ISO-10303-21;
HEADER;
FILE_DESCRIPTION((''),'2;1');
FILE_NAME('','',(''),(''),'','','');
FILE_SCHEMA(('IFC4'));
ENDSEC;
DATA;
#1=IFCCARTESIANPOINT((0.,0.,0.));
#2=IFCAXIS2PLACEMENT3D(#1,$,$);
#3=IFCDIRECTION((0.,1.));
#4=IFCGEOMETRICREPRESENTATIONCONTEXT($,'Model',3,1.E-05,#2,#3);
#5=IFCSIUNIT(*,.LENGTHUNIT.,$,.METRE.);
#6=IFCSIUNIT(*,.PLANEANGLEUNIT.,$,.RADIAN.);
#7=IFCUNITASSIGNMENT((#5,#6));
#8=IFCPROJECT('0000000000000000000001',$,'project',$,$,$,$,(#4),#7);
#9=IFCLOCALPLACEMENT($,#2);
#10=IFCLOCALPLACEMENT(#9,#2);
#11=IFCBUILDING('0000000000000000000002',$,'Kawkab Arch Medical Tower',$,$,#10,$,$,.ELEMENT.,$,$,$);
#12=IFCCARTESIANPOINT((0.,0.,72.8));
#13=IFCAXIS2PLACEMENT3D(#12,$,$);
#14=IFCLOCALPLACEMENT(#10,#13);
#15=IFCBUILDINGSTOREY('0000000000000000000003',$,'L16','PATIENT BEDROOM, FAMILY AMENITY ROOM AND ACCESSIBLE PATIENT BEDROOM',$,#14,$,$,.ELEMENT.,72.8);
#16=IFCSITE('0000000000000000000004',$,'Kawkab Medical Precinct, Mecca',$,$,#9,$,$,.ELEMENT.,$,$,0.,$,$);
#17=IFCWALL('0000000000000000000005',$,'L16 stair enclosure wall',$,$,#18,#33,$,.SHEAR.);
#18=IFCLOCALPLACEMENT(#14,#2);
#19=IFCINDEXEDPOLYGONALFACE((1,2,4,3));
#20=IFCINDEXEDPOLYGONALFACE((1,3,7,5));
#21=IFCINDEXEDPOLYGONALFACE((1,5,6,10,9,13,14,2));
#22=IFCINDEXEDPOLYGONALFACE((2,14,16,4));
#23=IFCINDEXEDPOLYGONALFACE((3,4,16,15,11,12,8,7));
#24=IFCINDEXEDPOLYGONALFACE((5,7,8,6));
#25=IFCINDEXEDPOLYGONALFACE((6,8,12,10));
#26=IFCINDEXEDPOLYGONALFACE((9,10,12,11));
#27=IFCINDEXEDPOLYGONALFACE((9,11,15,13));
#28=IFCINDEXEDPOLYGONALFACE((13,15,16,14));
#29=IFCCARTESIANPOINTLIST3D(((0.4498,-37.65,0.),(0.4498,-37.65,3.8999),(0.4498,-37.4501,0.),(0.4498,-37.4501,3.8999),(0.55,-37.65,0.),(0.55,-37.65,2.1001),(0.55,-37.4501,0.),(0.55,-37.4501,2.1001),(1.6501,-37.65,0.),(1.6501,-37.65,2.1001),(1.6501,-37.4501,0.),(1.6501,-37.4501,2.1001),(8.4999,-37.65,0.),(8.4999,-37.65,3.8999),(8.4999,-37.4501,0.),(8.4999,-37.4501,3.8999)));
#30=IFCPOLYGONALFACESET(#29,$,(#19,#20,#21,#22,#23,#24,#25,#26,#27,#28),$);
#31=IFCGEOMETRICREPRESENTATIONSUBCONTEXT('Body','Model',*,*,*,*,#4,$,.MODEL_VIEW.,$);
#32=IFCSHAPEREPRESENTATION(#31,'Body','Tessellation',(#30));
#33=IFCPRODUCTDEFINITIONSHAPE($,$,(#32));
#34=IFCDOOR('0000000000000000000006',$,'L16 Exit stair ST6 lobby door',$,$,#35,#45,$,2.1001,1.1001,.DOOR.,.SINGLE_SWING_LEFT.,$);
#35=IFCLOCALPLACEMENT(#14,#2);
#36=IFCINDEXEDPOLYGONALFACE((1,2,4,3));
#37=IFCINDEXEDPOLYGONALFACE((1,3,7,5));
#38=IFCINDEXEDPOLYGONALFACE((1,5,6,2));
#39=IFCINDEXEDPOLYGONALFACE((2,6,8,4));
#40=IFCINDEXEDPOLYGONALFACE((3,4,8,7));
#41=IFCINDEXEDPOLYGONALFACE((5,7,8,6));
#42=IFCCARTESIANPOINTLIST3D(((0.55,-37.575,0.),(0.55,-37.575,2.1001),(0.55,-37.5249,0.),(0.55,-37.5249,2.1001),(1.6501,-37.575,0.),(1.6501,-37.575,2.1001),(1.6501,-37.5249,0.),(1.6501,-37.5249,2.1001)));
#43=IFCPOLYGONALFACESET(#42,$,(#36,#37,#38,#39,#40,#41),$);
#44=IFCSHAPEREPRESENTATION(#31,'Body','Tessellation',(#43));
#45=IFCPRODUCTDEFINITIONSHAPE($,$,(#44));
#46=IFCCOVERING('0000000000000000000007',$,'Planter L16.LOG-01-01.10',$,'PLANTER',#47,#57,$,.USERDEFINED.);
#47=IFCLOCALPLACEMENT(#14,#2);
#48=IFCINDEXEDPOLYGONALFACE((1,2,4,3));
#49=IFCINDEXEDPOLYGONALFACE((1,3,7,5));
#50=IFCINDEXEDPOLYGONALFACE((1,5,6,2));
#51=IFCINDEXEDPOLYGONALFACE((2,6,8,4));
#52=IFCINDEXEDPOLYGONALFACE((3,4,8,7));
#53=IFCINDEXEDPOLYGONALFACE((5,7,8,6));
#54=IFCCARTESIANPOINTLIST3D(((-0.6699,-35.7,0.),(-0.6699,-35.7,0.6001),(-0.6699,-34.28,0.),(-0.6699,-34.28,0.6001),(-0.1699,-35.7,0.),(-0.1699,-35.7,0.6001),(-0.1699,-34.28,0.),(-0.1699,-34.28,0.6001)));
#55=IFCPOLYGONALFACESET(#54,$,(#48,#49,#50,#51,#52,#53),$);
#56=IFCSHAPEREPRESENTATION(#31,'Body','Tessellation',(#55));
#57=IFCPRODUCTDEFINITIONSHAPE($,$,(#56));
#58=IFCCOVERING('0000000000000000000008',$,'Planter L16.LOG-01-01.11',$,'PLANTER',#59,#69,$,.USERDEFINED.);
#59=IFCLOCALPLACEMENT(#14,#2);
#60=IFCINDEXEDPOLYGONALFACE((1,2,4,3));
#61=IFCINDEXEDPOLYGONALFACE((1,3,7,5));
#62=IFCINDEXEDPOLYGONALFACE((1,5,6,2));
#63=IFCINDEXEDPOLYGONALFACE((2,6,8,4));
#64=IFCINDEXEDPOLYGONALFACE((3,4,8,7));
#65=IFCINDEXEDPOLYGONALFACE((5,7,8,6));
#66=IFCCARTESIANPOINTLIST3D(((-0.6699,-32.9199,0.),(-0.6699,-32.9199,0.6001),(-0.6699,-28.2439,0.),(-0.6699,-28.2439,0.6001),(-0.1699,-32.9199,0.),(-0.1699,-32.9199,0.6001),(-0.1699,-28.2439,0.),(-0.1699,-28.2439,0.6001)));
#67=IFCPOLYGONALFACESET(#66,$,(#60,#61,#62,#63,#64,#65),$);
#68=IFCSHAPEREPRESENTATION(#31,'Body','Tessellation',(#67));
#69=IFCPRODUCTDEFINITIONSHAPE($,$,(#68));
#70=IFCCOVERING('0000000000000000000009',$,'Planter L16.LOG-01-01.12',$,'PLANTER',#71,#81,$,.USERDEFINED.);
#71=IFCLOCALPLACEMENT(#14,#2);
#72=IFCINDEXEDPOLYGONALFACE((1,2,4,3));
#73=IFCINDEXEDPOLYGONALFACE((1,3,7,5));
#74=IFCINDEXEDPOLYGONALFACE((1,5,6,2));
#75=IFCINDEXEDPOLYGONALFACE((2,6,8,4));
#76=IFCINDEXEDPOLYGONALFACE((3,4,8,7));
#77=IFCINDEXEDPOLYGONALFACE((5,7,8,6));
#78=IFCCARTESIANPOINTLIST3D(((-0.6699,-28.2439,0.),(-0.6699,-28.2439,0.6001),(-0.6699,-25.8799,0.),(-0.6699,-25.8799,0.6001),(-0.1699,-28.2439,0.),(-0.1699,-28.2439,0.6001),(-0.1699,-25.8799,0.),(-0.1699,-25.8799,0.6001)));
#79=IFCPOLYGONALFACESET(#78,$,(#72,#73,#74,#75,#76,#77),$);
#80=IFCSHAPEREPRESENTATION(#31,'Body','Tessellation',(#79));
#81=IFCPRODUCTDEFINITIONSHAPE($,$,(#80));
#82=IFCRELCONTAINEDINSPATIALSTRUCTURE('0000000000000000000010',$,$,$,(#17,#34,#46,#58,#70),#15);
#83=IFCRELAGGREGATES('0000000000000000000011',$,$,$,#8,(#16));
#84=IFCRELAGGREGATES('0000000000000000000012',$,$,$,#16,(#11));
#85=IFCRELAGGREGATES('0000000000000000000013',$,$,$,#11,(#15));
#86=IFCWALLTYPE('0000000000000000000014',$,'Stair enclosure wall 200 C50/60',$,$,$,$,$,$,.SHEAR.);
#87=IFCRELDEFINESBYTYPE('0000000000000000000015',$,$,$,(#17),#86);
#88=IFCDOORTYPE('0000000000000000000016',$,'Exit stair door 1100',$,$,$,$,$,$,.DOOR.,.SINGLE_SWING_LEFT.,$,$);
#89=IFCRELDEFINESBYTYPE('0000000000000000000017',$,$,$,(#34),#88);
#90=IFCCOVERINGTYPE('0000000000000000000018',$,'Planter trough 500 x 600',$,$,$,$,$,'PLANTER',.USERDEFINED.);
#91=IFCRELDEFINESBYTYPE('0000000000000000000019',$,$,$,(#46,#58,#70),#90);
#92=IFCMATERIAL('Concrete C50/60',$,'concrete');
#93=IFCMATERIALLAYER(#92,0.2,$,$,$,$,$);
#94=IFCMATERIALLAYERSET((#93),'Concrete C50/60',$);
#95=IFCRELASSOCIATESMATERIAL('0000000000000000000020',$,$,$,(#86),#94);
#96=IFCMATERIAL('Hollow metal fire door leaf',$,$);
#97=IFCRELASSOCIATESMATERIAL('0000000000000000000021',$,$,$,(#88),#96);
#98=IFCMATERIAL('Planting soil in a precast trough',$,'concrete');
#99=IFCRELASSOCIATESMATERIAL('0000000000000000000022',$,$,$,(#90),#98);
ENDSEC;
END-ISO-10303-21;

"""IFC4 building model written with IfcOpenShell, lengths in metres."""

from ifc_helpers import new_model, si_unit, direction, frame, frame_2d, origin, origin_2d, place, context, subcontext, project, spatial, rectangle, extrude, material, layer, layer_set, material_profile, profile_set, type_object, element, fill, save


model = new_model("IFC4")

# Units and contexts
model_context = context("Model", 3, precision=1e-05, world=origin(), true_north=direction((0.0, 1.0)))
body_context = subcontext(model_context, "Body", "Model", "MODEL_VIEW")
ifc_project = project(units=[si_unit("LENGTHUNIT", "METRE"), si_unit("PLANEANGLEUNIT", "RADIAN")], contexts=[model_context])

# Site, building, storey
site_placement = place(None, origin())
site = spatial("IfcSite", under=ifc_project, at=site_placement, Name="Kawkab Medical Precinct, Mecca", CompositionType="ELEMENT", RefElevation=0.0)
building_placement = place(site_placement, origin())
building = spatial("IfcBuilding", under=site, at=building_placement, Name="Kawkab Arch Medical Tower", CompositionType="ELEMENT")
storey_placement = place(building_placement, frame((0.0, 0.0, 72.8)))
storey = spatial("IfcBuildingStorey", under=building, at=storey_placement, Name="L16", Description="PATIENT BEDROOM, FAMILY AMENITY ROOM AND ACCESSIBLE PATIENT BEDROOM", CompositionType="ELEMENT", Elevation=72.8)

# Wall, opening, door
ifc_material_1 = material(Name="Concrete C50/60", Category="concrete")
ifc_layer_1 = layer(ifc_material_1, 0.2)
ifc_layer_set_1 = layer_set([ifc_layer_1], Name="Concrete C50/60")
wall_type_1 = type_object("IfcWallType", Name="Stair enclosure wall 200 C50/60", PredefinedType="SHEAR", material=ifc_layer_set_1)
ifc_material_2 = material(Name="Hollow metal fire door leaf")
door_type = type_object("IfcDoorType", Name="Exit stair door 1100", OperationType="SINGLE_SWING_LEFT", PredefinedType="DOOR", material=ifc_material_2)
wall_1_placement = place(storey_placement, frame((0.45, -37.55, 0.0), z_axis=(0.0, 0.0, 1.0), x_axis=(1.0, 0.0, 0.0)))
wall_1 = element("IfcWall", 1, at=wall_1_placement, inside=storey, type_object=wall_type_1, Name="L16 stair enclosure wall", PredefinedType="SHEAR", context=body_context, shape_type="SweptSolid", body=[
    extrude(rectangle(XDim=8.05, YDim=0.2, at=frame_2d((4.0249, 0.0))), origin(), (0.0, 0.0, 1.0), 3.8999),
])
opening_1_placement = place(wall_1_placement, frame((0.1001, 0.0, 0.0)))
opening_1 = element("IfcOpeningElement", 2, at=opening_1_placement, cuts=wall_1, PredefinedType="OPENING", context=body_context, shape_type="SweptSolid", body=[
    extrude(rectangle(XDim=1.1001, YDim=2.1001, at=frame_2d((0.55, 1.05))), frame((0.0, 0.1099, 0.0), z_axis=(0.0, -1.0, 0.0), x_axis=(1.0, 0.0, 0.0)), (0.0, 0.0, 1.0), 0.22),
])
door_1_placement = place(opening_1_placement, frame((1.1001, 0.0, 0.0), z_axis=(0.0, 0.0, 1.0), x_axis=(-1.0, 0.0, 0.0)))
door_1 = element("IfcDoor", 3, at=door_1_placement, inside=storey, type_object=door_type, Name="L16 Exit stair ST6 lobby door", OperationType="SINGLE_SWING_LEFT", OverallHeight=2.1001, OverallWidth=1.1001, PredefinedType="DOOR", context=body_context, shape_type="SweptSolid", body=[
    extrude(rectangle(XDim=1.1001, YDim=2.1001, at=frame_2d((0.55, 1.05))), frame((0.0, 0.0249, 0.0), z_axis=(0.0, -1.0, 0.0), x_axis=(1.0, 0.0, 0.0)), (0.0, 0.0, 1.0), 0.05),
])
fill(opening_1, door_1)

# Coverings
ifc_material_3 = material(Name="Planting soil in a precast trough", Category="concrete")
ifc_material_profile_1 = material_profile(ifc_material_3, rectangle(XDim=0.5, YDim=0.6001, at=origin_2d()), Name="Trough 500x600")
ifc_profile_set_1 = profile_set([ifc_material_profile_1], Name="Planting soil in a precast trough")
covering_type = type_object("IfcCoveringType", Name="Planter trough 500 x 600", ElementType="PLANTER", PredefinedType="USERDEFINED", material=ifc_profile_set_1)
covering_1_placement = place(storey_placement, frame((-0.4199, -35.7, 0.3), z_axis=(0.0, 1.0, 0.0), x_axis=(-1.0, 0.0, 0.0)))
element("IfcCovering", 4, at=covering_1_placement, inside=storey, type_object=covering_type, Name="Planter L16.LOG-01-01.10", ObjectType="PLANTER", PredefinedType="USERDEFINED", context=body_context, shape_type="SweptSolid", body=[
    extrude(rectangle(XDim=0.5, YDim=0.6001, at=origin_2d()), origin(), (0.0, 0.0, 1.0), 1.4199),
])
covering_2_placement = place(storey_placement, frame((-0.4199, -32.9199, 0.3), z_axis=(0.0, 1.0, 0.0), x_axis=(-1.0, 0.0, 0.0)))
element("IfcCovering", 5, at=covering_2_placement, inside=storey, type_object=covering_type, Name="Planter L16.LOG-01-01.11", ObjectType="PLANTER", PredefinedType="USERDEFINED", context=body_context, shape_type="SweptSolid", body=[
    extrude(rectangle(XDim=0.5, YDim=0.6001, at=origin_2d()), origin(), (0.0, 0.0, 1.0), 4.676),
])
covering_3_placement = place(storey_placement, frame((-0.4199, -28.2439, 0.3), z_axis=(0.0, 1.0, 0.0), x_axis=(-1.0, 0.0, 0.0)))
element("IfcCovering", 6, at=covering_3_placement, inside=storey, type_object=covering_type, Name="Planter L16.LOG-01-01.12", ObjectType="PLANTER", PredefinedType="USERDEFINED", context=body_context, shape_type="SweptSolid", body=[
    extrude(rectangle(XDim=0.5, YDim=0.6001, at=origin_2d()), origin(), (0.0, 0.0, 1.0), 2.364),
])

save(model, "model.ifc")
